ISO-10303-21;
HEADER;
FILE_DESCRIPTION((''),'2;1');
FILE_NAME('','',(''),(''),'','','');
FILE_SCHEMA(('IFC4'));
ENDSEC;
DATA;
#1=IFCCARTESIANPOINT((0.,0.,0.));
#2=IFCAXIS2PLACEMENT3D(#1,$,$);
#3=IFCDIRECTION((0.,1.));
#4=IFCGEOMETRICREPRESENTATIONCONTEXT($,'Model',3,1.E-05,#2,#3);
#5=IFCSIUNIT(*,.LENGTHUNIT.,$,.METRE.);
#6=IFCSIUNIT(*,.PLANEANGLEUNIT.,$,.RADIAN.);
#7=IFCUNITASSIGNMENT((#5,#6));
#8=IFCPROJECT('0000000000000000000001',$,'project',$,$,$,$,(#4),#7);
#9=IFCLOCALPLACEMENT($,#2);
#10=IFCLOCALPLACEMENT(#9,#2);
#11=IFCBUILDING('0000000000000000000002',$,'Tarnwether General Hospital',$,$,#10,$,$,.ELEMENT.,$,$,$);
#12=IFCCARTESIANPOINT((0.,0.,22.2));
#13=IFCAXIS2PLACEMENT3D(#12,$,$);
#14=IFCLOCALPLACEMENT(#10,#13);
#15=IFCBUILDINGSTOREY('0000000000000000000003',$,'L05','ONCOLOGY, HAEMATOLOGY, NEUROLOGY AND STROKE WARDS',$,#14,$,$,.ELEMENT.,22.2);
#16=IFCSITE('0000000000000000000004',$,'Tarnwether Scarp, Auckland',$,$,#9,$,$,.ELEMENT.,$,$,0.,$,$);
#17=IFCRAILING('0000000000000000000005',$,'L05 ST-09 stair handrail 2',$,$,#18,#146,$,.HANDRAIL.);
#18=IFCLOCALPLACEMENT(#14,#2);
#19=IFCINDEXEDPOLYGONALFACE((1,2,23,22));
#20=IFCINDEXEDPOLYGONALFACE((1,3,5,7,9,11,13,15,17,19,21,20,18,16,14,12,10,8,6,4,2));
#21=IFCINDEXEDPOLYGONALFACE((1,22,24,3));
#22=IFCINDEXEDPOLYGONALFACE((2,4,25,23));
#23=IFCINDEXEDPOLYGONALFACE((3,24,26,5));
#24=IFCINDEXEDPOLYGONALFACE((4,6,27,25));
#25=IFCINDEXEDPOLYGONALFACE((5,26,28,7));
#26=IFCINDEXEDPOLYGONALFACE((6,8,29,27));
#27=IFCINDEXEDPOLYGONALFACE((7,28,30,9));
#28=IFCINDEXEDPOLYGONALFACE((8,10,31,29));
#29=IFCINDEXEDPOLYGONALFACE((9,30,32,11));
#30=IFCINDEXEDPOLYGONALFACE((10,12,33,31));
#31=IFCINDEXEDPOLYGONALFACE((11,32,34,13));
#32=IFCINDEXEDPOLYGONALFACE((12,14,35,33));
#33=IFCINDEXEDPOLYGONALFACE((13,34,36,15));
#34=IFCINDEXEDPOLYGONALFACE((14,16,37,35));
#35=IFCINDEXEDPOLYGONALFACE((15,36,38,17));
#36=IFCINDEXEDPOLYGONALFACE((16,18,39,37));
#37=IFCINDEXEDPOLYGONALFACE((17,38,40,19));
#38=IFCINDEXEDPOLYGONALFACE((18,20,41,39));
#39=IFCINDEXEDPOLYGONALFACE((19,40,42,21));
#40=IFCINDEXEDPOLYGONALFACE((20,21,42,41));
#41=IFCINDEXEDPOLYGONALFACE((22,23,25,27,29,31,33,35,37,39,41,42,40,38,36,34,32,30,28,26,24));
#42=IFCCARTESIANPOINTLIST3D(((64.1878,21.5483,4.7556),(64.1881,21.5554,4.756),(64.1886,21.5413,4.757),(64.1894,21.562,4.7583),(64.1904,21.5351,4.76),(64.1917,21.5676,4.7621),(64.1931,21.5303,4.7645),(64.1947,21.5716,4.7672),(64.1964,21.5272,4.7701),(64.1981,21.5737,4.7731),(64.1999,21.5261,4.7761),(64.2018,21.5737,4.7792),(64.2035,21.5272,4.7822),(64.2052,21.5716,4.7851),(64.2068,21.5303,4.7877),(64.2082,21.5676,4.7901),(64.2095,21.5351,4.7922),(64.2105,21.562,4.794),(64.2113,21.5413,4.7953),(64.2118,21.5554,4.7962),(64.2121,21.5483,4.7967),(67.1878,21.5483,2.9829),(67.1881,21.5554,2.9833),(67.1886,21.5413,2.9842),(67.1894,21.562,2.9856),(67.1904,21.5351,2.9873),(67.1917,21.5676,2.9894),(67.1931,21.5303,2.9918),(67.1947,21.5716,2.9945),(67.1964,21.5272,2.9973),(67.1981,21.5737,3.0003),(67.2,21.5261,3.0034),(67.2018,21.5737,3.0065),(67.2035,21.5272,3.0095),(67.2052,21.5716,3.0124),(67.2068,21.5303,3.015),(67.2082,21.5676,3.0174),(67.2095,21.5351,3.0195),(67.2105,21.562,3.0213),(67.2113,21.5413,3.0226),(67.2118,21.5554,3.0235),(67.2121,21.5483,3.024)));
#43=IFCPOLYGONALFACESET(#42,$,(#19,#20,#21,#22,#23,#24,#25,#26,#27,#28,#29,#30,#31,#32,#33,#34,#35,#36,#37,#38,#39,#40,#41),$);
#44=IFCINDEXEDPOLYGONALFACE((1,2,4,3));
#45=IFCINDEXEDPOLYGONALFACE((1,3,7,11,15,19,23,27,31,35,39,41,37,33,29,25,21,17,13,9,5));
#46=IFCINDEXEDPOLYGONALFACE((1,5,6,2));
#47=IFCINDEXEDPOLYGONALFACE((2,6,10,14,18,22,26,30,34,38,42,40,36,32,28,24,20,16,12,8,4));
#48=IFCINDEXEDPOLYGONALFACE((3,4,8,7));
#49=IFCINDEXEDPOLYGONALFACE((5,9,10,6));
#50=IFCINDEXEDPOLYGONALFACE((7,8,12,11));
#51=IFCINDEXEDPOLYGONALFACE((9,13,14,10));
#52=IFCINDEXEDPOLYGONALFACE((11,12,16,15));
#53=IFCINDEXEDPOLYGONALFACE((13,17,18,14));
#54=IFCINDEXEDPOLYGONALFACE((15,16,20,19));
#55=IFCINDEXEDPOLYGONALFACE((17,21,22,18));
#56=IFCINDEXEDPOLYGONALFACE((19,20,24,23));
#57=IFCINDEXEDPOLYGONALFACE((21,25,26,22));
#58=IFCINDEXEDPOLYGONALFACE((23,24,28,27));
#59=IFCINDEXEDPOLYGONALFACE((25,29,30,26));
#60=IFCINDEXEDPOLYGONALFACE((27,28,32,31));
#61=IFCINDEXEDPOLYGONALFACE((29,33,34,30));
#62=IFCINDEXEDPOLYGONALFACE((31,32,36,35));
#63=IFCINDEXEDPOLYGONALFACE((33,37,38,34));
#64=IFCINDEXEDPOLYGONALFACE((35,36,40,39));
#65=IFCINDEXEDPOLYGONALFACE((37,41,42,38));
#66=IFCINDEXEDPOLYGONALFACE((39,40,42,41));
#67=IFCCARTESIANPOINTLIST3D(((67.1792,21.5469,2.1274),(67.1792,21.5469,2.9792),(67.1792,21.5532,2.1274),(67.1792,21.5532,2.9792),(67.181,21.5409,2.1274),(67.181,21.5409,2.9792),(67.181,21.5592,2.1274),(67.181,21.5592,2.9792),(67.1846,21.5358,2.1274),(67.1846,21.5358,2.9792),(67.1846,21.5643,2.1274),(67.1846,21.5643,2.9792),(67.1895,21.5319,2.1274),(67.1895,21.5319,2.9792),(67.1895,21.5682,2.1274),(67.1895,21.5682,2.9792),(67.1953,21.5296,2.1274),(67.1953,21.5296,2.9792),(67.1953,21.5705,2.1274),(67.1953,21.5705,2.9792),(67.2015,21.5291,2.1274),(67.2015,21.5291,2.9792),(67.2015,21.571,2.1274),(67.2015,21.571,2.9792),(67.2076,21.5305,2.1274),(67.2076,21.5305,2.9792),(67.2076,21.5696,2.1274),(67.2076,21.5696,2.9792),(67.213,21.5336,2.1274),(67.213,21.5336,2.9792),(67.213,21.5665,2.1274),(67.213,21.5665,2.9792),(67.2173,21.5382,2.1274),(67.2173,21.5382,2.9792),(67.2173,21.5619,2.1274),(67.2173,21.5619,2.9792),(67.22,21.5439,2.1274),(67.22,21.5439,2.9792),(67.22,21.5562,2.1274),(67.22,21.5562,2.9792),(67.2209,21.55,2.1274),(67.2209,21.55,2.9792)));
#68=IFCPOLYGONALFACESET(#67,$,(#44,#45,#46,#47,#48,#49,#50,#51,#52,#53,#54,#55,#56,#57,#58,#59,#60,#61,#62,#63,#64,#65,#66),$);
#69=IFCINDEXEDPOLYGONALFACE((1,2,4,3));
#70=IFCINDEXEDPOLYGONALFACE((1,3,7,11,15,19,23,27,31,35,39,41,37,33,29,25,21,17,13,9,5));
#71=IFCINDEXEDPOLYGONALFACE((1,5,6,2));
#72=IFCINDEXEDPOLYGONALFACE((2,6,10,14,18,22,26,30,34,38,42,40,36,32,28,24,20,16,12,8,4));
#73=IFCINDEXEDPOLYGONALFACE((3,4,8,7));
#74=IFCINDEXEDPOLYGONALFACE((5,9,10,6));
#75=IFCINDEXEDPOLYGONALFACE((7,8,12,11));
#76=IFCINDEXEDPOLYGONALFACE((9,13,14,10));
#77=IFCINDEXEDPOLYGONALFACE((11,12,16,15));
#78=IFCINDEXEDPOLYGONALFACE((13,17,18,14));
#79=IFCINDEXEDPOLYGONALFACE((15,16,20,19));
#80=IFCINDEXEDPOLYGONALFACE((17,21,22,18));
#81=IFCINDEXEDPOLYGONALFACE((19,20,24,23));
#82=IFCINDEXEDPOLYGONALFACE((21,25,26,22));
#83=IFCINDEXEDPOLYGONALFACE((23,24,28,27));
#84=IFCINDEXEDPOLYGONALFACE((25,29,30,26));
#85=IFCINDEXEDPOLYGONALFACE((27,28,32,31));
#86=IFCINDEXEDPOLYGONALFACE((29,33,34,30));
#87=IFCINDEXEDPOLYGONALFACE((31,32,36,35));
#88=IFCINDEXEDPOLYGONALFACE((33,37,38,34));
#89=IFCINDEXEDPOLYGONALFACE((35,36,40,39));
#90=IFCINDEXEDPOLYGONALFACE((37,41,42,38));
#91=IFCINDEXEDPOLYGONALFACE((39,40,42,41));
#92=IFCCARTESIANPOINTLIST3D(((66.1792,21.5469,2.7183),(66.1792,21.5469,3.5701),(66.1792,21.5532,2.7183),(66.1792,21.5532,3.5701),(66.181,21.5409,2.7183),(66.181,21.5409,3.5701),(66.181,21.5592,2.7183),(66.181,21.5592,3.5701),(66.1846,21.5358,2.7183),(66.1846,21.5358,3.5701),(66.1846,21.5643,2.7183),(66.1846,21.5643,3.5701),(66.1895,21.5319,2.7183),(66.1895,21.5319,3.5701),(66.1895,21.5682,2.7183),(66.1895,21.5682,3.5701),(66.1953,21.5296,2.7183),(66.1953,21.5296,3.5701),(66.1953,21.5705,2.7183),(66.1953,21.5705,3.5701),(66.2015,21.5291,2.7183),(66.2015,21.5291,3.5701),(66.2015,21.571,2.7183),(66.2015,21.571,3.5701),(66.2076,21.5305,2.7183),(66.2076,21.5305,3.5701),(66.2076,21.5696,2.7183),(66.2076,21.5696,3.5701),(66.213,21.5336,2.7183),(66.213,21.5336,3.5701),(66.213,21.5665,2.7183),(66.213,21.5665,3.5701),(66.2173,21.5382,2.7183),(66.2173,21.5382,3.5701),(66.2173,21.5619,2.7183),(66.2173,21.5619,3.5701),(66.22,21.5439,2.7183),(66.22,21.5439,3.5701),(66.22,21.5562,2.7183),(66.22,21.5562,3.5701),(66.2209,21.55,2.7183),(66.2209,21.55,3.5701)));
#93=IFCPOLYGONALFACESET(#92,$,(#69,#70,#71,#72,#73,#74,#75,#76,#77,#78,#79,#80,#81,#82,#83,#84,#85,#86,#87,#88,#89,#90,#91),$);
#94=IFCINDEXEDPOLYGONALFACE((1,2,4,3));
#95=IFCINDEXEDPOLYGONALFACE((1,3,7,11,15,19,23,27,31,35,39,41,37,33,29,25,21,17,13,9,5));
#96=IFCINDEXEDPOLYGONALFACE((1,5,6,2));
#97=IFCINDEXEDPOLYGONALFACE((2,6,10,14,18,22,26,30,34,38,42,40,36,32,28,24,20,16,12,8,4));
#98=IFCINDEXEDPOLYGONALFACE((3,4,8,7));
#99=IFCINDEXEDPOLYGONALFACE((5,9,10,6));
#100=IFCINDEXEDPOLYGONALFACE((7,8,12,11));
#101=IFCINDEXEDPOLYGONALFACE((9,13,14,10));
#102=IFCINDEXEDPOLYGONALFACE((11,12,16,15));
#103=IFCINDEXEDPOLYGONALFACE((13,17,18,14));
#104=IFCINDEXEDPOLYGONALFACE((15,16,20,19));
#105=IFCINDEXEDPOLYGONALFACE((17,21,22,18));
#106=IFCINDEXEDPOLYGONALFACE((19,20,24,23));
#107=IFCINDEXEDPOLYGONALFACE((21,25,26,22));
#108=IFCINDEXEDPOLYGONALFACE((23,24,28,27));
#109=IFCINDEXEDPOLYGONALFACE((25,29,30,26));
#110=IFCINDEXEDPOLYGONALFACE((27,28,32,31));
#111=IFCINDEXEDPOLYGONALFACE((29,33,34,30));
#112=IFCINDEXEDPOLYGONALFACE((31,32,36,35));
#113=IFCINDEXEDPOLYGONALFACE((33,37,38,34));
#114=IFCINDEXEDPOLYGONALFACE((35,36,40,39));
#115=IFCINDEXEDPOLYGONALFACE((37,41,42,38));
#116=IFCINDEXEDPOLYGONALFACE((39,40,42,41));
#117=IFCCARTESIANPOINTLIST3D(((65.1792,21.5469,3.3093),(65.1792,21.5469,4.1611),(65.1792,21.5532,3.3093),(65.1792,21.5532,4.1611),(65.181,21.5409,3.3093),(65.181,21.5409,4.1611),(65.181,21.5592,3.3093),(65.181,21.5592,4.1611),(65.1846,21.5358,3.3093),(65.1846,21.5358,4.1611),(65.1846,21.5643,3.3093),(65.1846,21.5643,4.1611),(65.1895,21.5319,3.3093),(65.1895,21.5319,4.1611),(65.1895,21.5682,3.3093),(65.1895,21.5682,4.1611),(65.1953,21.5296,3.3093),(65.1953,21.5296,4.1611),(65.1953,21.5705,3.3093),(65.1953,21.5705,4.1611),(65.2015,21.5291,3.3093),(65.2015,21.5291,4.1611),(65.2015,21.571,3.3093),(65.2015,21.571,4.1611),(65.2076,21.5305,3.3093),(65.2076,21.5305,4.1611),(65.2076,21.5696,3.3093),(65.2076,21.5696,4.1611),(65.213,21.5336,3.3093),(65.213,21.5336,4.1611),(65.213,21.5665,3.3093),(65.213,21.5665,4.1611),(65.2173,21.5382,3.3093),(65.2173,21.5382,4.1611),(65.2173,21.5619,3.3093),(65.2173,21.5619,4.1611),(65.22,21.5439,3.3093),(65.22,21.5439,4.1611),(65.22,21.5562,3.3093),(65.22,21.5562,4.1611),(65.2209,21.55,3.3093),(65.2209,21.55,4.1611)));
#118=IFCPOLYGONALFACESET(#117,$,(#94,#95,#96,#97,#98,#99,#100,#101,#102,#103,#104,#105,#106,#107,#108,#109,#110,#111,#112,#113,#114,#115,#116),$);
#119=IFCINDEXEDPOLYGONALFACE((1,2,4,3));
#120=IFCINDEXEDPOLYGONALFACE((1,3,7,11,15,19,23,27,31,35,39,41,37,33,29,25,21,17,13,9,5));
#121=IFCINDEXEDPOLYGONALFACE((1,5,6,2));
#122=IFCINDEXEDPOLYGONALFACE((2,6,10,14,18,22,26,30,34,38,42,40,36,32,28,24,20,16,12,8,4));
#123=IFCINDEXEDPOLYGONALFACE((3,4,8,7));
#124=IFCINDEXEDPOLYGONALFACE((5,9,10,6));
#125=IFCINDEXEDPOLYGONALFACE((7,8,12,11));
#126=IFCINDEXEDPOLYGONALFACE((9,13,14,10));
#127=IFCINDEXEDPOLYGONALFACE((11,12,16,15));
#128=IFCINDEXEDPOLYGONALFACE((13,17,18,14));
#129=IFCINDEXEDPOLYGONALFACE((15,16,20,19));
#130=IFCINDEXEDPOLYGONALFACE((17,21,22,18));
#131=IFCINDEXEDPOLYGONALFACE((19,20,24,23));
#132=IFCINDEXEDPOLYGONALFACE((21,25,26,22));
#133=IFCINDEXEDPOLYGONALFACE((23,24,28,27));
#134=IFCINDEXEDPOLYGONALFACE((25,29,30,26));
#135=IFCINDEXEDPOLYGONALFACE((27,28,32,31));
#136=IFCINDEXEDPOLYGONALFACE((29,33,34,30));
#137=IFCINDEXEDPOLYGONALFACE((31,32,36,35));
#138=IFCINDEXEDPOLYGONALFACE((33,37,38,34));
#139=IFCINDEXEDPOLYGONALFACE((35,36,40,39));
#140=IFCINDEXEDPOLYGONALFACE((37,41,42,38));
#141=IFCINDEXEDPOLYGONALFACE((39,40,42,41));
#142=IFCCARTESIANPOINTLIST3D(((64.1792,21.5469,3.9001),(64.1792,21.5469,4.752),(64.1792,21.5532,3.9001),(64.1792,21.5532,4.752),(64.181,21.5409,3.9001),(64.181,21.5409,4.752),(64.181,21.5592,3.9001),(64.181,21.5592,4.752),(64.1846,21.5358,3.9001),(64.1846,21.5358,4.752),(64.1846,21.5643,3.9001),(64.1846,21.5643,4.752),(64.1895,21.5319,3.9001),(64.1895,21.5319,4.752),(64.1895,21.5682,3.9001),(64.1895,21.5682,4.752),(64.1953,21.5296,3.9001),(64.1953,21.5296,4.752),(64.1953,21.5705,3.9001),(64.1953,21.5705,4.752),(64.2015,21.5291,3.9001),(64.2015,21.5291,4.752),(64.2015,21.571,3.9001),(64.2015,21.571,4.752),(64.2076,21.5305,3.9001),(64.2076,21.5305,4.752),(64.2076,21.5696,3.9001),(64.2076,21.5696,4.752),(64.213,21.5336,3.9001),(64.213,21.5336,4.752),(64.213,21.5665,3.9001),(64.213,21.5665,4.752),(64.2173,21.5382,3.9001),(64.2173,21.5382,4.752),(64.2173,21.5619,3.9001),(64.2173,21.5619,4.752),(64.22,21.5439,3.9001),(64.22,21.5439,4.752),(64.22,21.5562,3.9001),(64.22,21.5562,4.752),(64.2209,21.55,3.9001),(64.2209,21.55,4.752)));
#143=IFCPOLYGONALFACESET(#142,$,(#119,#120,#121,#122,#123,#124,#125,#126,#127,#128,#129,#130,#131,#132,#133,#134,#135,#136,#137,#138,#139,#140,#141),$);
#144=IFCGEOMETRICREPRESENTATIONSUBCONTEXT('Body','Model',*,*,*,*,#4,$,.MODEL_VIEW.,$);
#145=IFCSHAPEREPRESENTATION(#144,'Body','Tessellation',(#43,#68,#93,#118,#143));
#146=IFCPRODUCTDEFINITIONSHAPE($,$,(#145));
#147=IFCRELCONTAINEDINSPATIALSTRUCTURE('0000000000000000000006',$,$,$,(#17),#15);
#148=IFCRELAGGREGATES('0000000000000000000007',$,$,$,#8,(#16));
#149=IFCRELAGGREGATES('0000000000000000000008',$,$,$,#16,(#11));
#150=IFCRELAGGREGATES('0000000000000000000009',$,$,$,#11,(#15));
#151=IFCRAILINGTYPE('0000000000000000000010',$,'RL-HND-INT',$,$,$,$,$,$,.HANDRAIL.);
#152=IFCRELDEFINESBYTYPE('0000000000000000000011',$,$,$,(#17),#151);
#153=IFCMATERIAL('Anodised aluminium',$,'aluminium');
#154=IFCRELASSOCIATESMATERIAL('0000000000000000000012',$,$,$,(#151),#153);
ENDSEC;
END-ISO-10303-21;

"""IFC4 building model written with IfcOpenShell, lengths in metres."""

from ifc_helpers import new_model, si_unit, direction, frame, origin, origin_2d, place, context, subcontext, project, spatial, circle, extrude, material, type_object, element, save


model = new_model("IFC4")

# Units and contexts
model_context = context("Model", 3, precision=1e-05, world=origin(), true_north=direction((0.0, 1.0)))
body_context = subcontext(model_context, "Body", "Model", "MODEL_VIEW")
ifc_project = project(units=[si_unit("LENGTHUNIT", "METRE"), si_unit("PLANEANGLEUNIT", "RADIAN")], contexts=[model_context])

# Site, building, storey
site_placement = place(None, origin())
site = spatial("IfcSite", under=ifc_project, at=site_placement, Name="Tarnwether Scarp, Auckland", CompositionType="ELEMENT", RefElevation=0.0)
building_placement = place(site_placement, origin())
building = spatial("IfcBuilding", under=site, at=building_placement, Name="Tarnwether General Hospital", CompositionType="ELEMENT")
storey_placement = place(building_placement, frame((0.0, 0.0, 22.2)))
storey = spatial("IfcBuildingStorey", under=building, at=storey_placement, Name="L05", Description="ONCOLOGY, HAEMATOLOGY, NEUROLOGY AND STROKE WARDS", CompositionType="ELEMENT", Elevation=22.2)

# Railing
ifc_material_1 = material(Name="Anodised aluminium", Category="aluminium")
railing_type_1 = type_object("IfcRailingType", Name="RL-HND-INT", PredefinedType="HANDRAIL", material=ifc_material_1)
railing_1_placement = place(storey_placement, frame((67.2, 21.55, 2.1274)))
element("IfcRailing", 1, at=railing_1_placement, inside=storey, type_object=railing_type_1, Name="L05 ST-09 stair handrail 2", PredefinedType="HANDRAIL", context=body_context, shape_type="SweptSolid", body=[
    extrude(circle(Radius=0.0239, at=origin_2d()), frame((0.0, 0.0, 0.876), z_axis=(-0.860929, 0.0, 0.508725), x_axis=(0.0, -1.0, 0.0)), (0.0, 0.0, 1.0), 3.4846),
    extrude(circle(Radius=0.021, at=origin_2d()), origin(), (0.0, 0.0, 1.0), 0.8518),
    extrude(circle(Radius=0.021, at=origin_2d()), frame((-1.0, 0.0, 0.5908)), (0.0, 0.0, 1.0), 0.8518),
    extrude(circle(Radius=0.021, at=origin_2d()), frame((-2.0, 0.0, 1.1819)), (0.0, 0.0, 1.0), 0.8518),
    extrude(circle(Radius=0.021, at=origin_2d()), frame((-3.0, 0.0, 1.7727)), (0.0, 0.0, 1.0), 0.8518),
])

save(model, "model.ifc")
